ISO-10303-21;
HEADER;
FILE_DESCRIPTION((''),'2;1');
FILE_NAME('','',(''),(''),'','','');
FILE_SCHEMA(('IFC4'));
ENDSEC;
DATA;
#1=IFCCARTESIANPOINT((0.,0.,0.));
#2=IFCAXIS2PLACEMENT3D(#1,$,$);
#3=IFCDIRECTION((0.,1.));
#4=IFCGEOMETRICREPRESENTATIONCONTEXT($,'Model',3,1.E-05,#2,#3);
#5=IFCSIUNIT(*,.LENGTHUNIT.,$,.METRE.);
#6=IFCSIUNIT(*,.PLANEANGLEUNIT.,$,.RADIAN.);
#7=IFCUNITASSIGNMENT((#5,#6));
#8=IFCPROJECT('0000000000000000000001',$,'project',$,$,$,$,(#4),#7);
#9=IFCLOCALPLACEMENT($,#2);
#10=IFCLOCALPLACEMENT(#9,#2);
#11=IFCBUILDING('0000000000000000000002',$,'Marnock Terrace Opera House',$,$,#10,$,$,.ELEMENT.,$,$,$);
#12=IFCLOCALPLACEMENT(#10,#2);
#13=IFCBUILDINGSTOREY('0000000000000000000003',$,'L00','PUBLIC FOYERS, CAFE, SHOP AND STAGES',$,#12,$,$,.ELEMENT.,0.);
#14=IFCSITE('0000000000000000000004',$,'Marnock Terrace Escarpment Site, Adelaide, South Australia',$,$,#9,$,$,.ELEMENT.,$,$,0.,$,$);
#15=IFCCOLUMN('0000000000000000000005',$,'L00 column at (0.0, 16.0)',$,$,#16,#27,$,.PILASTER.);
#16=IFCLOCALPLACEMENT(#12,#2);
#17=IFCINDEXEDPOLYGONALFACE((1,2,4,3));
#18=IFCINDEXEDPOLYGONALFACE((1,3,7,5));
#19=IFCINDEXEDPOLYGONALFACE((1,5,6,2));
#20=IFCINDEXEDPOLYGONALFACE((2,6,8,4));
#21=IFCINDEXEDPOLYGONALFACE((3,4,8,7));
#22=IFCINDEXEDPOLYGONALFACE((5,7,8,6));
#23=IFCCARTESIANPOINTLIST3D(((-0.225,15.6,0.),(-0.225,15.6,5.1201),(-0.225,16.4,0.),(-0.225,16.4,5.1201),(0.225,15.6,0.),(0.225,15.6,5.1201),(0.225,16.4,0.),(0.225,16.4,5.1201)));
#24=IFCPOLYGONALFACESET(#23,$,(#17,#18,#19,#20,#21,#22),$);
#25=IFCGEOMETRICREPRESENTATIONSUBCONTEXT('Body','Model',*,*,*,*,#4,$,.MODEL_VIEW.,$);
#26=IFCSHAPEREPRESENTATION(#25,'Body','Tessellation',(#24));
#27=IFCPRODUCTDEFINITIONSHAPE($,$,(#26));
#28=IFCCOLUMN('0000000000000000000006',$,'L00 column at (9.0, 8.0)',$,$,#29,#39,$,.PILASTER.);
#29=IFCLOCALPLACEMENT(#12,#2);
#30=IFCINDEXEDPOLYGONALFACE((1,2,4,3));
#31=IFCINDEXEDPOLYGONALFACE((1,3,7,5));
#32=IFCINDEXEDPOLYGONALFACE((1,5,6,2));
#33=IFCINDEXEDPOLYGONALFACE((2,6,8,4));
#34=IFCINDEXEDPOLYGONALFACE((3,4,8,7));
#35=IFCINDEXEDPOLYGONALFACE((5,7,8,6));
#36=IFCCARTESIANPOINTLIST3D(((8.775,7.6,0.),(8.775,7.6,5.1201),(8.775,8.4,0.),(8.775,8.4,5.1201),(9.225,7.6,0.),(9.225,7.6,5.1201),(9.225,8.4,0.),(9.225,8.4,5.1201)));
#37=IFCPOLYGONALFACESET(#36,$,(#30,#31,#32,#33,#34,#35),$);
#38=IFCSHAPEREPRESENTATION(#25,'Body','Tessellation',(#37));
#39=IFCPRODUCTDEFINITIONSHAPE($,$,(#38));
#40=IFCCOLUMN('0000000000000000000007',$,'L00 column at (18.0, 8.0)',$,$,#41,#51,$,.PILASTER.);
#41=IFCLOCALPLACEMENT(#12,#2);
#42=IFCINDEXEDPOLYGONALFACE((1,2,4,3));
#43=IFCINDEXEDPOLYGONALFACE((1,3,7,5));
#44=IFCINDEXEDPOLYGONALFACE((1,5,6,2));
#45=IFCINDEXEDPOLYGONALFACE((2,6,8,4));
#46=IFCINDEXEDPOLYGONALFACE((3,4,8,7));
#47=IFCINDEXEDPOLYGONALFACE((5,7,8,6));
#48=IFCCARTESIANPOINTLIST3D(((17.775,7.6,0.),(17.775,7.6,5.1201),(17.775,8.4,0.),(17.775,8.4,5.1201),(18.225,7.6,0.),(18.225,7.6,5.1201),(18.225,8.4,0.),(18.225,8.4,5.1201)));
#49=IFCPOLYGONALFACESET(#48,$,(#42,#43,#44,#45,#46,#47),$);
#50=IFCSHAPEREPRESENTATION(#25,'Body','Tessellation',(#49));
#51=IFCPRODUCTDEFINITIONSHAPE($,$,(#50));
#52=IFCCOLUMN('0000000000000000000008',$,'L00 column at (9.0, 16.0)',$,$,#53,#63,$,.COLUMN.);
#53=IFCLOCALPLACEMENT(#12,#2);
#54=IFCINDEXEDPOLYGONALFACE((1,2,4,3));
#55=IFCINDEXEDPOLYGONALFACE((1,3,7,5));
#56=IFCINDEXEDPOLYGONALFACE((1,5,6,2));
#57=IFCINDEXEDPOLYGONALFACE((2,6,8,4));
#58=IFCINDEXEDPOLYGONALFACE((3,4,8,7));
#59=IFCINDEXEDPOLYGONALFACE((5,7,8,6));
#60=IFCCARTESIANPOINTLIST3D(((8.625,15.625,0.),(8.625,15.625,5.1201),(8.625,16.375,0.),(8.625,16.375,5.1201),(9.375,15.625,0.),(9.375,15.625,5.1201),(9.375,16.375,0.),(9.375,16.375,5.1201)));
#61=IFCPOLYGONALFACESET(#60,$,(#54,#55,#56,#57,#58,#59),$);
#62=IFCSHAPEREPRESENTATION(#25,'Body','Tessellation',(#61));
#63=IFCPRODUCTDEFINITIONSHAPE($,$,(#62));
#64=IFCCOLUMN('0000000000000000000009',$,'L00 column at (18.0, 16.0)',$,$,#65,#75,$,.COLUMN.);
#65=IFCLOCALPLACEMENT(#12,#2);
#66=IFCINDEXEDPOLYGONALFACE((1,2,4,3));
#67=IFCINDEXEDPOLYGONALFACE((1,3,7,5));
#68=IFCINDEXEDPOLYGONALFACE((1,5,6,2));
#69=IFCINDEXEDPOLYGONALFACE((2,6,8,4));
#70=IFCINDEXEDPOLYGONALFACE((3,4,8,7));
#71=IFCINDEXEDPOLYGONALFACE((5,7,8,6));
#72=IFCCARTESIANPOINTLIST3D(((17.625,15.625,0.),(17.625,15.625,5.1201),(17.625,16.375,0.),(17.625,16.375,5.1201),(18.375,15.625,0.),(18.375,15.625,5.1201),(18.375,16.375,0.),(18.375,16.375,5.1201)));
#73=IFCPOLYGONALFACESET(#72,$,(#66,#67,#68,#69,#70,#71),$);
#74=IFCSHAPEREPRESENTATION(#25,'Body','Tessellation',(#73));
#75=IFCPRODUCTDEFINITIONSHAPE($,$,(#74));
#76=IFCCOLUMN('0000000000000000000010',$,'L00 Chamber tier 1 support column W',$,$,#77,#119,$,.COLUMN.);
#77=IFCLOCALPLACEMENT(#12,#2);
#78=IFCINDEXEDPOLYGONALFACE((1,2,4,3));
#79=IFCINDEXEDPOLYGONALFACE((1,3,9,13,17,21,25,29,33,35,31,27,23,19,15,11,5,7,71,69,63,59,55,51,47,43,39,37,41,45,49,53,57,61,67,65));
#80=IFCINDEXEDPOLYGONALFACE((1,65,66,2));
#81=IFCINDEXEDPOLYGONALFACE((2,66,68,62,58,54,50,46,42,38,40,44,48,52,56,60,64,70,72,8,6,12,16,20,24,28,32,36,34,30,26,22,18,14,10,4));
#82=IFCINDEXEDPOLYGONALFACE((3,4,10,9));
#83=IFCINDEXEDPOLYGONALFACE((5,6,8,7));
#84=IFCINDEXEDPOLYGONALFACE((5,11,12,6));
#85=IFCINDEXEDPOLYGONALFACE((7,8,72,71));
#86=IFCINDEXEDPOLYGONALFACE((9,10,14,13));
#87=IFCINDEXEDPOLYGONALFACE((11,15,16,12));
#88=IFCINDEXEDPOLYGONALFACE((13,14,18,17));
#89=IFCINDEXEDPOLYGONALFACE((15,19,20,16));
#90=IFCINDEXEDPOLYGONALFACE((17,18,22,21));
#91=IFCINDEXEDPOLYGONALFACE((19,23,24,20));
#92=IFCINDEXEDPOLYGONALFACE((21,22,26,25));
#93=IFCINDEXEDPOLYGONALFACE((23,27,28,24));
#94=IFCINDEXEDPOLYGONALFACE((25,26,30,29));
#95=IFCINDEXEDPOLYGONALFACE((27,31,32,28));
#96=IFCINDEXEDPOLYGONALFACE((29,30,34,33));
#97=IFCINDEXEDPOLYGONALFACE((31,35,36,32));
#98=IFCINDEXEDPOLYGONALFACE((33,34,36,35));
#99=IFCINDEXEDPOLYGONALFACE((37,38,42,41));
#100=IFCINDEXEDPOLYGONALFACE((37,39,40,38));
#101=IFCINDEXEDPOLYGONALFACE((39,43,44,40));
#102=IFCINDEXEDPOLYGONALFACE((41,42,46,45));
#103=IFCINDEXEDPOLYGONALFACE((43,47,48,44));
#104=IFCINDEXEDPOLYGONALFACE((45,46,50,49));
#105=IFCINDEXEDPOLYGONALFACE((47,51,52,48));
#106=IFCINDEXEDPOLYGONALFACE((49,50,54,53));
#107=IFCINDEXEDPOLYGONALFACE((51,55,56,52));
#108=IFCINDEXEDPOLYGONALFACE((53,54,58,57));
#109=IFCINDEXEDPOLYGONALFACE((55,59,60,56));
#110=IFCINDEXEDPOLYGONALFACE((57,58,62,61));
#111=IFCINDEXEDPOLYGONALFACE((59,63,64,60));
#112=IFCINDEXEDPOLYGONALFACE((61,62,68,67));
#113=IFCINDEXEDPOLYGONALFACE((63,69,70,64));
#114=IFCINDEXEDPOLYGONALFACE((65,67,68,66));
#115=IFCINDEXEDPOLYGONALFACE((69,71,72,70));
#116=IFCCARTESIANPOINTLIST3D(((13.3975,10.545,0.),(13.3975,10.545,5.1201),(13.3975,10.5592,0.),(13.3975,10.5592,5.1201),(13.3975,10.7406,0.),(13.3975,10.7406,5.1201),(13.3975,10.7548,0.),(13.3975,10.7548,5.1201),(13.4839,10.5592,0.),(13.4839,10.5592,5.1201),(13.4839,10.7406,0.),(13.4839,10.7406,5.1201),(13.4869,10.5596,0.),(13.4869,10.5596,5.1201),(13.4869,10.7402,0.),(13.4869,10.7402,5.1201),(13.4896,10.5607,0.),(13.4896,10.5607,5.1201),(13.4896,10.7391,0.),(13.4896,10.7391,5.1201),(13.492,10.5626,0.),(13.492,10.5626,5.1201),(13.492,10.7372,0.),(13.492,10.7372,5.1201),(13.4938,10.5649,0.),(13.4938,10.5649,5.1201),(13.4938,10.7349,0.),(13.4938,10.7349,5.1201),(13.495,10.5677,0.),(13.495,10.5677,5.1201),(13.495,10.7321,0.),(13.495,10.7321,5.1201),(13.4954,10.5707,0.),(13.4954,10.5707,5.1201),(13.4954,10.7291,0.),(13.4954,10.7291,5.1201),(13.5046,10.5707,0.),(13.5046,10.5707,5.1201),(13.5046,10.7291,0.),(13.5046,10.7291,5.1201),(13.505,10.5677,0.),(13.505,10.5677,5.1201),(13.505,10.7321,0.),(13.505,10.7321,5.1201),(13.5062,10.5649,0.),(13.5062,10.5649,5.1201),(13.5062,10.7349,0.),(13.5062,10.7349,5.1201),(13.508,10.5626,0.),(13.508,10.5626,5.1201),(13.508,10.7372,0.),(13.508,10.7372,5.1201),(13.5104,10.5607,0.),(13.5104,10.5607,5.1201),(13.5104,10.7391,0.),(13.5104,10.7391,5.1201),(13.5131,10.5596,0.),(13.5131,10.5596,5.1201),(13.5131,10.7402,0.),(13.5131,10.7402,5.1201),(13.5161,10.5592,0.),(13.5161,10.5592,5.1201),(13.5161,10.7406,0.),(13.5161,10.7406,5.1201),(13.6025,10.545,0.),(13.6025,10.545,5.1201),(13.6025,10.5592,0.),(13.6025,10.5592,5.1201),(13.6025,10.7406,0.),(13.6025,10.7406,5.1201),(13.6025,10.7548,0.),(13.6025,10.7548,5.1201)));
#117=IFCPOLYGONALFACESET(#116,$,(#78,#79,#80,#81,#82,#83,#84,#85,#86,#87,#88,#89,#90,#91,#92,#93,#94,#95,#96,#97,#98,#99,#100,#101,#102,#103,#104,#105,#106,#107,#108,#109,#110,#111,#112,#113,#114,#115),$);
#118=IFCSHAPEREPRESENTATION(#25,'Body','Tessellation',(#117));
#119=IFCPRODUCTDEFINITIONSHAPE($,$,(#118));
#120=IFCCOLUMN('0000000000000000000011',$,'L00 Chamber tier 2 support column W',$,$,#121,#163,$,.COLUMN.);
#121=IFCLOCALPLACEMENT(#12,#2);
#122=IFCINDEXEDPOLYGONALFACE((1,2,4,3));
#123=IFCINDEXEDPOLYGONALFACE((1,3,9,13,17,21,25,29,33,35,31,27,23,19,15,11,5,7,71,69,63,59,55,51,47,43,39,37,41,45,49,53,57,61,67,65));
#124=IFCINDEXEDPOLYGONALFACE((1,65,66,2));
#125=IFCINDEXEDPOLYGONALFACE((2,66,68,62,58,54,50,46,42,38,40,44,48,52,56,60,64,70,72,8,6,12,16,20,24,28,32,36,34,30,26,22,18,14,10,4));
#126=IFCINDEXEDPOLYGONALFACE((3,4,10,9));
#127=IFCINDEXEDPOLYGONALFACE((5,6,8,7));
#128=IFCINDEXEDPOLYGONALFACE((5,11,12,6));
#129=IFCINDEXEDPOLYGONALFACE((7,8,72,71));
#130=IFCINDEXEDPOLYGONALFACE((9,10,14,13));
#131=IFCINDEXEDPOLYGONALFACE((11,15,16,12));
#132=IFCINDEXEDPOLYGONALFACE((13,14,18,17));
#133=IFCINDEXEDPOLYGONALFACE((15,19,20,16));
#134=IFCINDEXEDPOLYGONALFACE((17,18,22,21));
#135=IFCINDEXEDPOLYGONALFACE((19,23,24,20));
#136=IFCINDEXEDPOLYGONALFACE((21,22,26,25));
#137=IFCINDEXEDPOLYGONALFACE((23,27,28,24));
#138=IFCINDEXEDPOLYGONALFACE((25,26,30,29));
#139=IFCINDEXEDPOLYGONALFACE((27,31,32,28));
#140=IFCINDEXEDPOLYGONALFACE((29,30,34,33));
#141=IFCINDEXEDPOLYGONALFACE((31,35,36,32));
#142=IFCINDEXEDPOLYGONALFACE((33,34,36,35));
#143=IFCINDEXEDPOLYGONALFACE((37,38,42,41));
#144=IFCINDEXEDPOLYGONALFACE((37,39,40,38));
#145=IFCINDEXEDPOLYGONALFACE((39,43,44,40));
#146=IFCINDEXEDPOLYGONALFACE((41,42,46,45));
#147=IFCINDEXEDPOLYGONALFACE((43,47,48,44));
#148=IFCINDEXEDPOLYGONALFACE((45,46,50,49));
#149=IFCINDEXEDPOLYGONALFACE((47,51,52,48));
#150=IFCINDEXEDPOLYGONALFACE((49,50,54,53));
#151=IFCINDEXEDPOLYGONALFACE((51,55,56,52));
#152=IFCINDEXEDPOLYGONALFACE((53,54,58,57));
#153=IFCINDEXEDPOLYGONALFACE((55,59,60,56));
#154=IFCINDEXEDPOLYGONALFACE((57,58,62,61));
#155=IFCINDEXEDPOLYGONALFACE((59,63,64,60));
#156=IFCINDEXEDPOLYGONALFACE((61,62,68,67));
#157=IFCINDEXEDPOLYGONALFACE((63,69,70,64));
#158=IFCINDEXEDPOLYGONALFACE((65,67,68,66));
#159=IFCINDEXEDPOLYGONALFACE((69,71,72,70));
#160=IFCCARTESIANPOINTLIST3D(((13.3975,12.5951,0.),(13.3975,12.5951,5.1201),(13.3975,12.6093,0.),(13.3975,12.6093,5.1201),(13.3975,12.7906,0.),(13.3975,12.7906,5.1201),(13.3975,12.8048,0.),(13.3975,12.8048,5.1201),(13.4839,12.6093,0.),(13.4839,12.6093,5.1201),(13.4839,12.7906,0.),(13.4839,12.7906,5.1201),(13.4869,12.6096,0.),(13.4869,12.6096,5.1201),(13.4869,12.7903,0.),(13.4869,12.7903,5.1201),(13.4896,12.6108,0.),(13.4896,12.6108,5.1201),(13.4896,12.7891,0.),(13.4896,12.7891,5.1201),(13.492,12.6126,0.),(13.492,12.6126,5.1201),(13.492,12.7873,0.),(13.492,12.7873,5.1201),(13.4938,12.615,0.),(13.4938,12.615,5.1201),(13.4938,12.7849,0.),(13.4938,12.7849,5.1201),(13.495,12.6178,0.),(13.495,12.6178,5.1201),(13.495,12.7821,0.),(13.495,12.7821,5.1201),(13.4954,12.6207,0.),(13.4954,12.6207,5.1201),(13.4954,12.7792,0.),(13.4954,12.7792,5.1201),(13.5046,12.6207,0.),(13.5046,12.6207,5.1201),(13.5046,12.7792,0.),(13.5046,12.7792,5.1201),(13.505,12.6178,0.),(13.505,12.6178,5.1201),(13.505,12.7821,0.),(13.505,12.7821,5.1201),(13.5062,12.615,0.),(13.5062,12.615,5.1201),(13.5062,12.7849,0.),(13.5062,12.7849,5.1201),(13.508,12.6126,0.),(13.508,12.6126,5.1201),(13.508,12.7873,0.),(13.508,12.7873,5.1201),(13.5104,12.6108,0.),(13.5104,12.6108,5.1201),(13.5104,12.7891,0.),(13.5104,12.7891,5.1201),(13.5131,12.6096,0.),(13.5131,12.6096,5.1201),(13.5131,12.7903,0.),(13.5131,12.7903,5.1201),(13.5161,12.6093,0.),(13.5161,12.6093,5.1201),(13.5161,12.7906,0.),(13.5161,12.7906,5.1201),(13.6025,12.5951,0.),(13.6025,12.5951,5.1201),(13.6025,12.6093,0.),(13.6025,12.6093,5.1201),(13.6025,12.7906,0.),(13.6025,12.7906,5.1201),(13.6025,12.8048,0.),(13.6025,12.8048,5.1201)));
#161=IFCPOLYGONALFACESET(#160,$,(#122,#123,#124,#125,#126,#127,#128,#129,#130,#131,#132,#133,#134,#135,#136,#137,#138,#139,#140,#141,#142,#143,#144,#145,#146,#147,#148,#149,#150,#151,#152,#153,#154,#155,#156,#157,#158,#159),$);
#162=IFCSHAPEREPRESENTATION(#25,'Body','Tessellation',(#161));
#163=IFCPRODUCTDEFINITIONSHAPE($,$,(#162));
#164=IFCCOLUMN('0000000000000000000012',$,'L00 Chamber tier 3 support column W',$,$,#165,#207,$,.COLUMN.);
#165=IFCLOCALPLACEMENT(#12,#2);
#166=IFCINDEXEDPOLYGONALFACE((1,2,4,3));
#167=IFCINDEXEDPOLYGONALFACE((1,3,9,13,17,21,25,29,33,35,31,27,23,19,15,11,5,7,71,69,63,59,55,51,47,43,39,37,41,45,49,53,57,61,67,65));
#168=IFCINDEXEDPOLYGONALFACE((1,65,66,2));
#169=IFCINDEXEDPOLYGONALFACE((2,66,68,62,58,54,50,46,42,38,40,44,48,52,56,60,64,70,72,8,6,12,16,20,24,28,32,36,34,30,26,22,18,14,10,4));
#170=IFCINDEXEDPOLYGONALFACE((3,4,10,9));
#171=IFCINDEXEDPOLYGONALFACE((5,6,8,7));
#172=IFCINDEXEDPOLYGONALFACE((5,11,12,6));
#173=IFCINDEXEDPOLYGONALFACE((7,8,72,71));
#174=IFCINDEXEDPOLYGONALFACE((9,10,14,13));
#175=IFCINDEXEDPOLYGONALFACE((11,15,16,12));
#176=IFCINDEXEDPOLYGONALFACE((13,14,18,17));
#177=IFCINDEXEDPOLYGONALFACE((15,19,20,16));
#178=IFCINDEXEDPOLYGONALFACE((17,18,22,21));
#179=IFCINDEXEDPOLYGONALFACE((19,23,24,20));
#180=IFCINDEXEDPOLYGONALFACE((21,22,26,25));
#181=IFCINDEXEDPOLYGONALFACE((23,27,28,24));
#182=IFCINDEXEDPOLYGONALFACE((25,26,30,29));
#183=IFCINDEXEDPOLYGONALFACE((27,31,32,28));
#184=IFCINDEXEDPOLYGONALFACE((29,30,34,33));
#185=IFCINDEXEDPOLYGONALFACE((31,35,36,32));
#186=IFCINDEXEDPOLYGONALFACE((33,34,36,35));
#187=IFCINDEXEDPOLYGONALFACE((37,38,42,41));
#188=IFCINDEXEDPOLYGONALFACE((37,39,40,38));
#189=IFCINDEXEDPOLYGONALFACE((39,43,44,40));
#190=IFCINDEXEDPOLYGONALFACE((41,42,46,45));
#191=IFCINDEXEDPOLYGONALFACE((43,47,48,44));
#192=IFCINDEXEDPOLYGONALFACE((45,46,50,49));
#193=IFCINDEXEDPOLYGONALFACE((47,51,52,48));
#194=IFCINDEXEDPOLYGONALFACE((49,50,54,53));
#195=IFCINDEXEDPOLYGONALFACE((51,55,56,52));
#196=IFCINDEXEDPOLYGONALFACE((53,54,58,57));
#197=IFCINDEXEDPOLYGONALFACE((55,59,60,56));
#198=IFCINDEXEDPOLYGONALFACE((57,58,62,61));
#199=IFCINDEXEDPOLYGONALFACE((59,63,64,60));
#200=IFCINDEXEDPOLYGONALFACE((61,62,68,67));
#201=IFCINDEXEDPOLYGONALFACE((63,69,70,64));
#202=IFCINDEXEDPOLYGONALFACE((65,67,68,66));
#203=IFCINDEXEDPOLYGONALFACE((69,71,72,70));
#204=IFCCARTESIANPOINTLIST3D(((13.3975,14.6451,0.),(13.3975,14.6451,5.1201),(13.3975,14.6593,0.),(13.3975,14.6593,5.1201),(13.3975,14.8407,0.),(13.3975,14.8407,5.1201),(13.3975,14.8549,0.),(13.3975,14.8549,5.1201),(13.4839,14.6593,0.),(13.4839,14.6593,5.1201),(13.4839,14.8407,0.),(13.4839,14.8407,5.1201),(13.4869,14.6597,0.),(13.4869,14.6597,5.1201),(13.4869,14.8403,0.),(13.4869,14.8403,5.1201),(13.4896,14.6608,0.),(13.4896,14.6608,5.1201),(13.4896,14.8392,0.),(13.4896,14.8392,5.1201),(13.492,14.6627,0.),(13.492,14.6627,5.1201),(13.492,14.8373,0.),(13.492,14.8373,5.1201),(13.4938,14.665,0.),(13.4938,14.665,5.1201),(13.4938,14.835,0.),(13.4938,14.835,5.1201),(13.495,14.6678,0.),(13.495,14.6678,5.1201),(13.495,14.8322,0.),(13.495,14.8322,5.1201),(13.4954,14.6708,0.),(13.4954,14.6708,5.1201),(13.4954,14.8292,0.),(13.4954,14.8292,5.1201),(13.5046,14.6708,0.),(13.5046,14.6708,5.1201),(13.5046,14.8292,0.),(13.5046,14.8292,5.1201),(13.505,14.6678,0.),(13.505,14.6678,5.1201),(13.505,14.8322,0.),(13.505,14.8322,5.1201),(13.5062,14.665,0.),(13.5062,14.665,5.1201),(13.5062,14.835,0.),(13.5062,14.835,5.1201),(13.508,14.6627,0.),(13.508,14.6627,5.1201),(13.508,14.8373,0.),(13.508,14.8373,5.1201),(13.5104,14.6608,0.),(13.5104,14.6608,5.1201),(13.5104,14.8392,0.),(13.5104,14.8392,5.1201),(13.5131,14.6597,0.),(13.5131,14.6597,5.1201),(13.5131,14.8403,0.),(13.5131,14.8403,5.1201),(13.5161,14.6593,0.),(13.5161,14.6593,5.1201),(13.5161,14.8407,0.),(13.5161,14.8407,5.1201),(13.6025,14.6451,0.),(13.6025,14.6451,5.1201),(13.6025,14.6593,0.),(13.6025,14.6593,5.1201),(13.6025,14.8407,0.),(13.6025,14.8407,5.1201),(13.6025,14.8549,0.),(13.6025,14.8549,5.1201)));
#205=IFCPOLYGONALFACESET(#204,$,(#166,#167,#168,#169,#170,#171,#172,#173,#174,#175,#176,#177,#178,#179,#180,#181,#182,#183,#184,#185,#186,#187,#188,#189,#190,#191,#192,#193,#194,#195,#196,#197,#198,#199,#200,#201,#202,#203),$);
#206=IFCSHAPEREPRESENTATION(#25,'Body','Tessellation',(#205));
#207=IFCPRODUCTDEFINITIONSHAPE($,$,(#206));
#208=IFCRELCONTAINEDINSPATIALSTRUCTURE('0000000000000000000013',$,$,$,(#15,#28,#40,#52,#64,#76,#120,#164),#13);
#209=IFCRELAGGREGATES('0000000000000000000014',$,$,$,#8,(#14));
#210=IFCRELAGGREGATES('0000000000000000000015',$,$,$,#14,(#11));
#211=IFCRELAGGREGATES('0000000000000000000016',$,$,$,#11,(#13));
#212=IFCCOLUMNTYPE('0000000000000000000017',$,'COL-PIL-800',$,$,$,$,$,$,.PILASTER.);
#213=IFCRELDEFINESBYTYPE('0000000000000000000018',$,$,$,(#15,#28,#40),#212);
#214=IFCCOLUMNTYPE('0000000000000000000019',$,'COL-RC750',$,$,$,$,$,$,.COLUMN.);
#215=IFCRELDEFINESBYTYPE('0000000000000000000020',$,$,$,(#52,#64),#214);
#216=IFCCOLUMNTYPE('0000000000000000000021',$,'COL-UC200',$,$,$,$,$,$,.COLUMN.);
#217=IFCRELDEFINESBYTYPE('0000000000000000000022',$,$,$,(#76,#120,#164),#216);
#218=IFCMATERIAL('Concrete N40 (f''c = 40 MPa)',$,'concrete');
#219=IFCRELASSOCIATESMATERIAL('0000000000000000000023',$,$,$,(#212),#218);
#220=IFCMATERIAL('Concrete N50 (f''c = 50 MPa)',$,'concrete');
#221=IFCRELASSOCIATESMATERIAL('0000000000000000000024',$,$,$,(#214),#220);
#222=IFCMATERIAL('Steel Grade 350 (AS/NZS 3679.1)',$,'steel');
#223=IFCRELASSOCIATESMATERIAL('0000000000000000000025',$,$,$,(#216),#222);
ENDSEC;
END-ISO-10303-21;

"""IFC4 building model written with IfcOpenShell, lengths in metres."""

from ifc_helpers import new_model, si_unit, direction, frame, origin, origin_2d, place, context, subcontext, project, spatial, rectangle, i_section, extrude, material, material_profile, profile_set, type_object, element, save


model = new_model("IFC4")

# Units and contexts
model_context = context("Model", 3, precision=1e-05, world=origin(), true_north=direction((0.0, 1.0)))
body_context = subcontext(model_context, "Body", "Model", "MODEL_VIEW")
ifc_project = project(units=[si_unit("LENGTHUNIT", "METRE"), si_unit("PLANEANGLEUNIT", "RADIAN")], contexts=[model_context])

# Site, building, storey
site_placement = place(None, origin())
site = spatial("IfcSite", under=ifc_project, at=site_placement, Name="Marnock Terrace Escarpment Site, Adelaide, South Australia", CompositionType="ELEMENT", RefElevation=0.0)
building_placement = place(site_placement, origin())
building = spatial("IfcBuilding", under=site, at=building_placement, Name="Marnock Terrace Opera House", CompositionType="ELEMENT")
storey_placement = place(building_placement, origin())
storey = spatial("IfcBuildingStorey", under=building, at=storey_placement, Name="L00", Description="PUBLIC FOYERS, CAFE, SHOP AND STAGES", CompositionType="ELEMENT", Elevation=0.0)

# Columns
ifc_material_1 = material(Name="Concrete N40 (f'c = 40 MPa)", Category="concrete")
ifc_material_profile_1 = material_profile(ifc_material_1, rectangle(XDim=0.45, YDim=0.8, at=origin_2d()))
ifc_profile_set_1 = profile_set([ifc_material_profile_1], Name="Concrete N40 (f'c = 40 MPa)")
column_type_1 = type_object("IfcColumnType", Name="COL-PIL-800", PredefinedType="PILASTER", material=ifc_profile_set_1)
for number, where, z_axis, x_axis, name in (
    (1, (0.0, 16.0, 0.0), (0.0, 0.0, 1.0), (1.0, 0.0, 0.0), "L00 column at (0.0, 16.0)"),
    (2, (9.0, 8.0, 0.0), (0.0, 0.0, 1.0), (1.0, 0.0, 0.0), "L00 column at (9.0, 8.0)"),
    (3, (18.0, 8.0, 0.0), (0.0, 0.0, 1.0), (1.0, 0.0, 0.0), "L00 column at (18.0, 8.0)"),
):
    element("IfcColumn", number, at=place(storey_placement, frame(where, z_axis=z_axis, x_axis=x_axis)), inside=storey, type_object=column_type_1, Name=name, PredefinedType="PILASTER", context=body_context, shape_type="SweptSolid", body=[
        extrude(rectangle(XDim=0.45, YDim=0.8, at=origin_2d()), origin(), (0.0, 0.0, 1.0), 5.1201),
    ])
ifc_material_2 = material(Name="Concrete N50 (f'c = 50 MPa)", Category="concrete")
ifc_material_profile_2 = material_profile(ifc_material_2, rectangle(XDim=0.75, YDim=0.75, at=origin_2d()))
ifc_profile_set_2 = profile_set([ifc_material_profile_2], Name="Concrete N50 (f'c = 50 MPa)")
column_type_2 = type_object("IfcColumnType", Name="COL-RC750", PredefinedType="COLUMN", material=ifc_profile_set_2)
for number, where, z_axis, x_axis, name in (
    (4, (9.0, 16.0, 0.0), (0.0, 0.0, 1.0), (1.0, 0.0, 0.0), "L00 column at (9.0, 16.0)"),
    (5, (18.0, 16.0, 0.0), (0.0, 0.0, 1.0), (1.0, 0.0, 0.0), "L00 column at (18.0, 16.0)"),
):
    element("IfcColumn", number, at=place(storey_placement, frame(where, z_axis=z_axis, x_axis=x_axis)), inside=storey, type_object=column_type_2, Name=name, PredefinedType="COLUMN", context=body_context, shape_type="SweptSolid", body=[
        extrude(rectangle(XDim=0.75, YDim=0.75, at=origin_2d()), origin(), (0.0, 0.0, 1.0), 5.1201),
    ])
ifc_material_3 = material(Name="Steel Grade 350 (AS/NZS 3679.1)", Category="steel")
ifc_material_profile_3 = material_profile(ifc_material_3, i_section(OverallWidth=0.2051, OverallDepth=0.2097, WebThickness=0.0093, FlangeThickness=0.0142, FilletRadius=0.0115, at=origin_2d()))
ifc_profile_set_3 = profile_set([ifc_material_profile_3], Name="Steel Grade 350 (AS/NZS 3679.1)")
column_type_3 = type_object("IfcColumnType", Name="COL-UC200", PredefinedType="COLUMN", material=ifc_profile_set_3)
for number, where, z_axis, x_axis, name in (
    (6, (13.5, 10.6499, 0.0), (0.0, 0.0, 1.0), (1.0, 0.0, 0.0), "L00 Chamber tier 1 support column W"),
    (7, (13.5, 12.7, 0.0), (0.0, 0.0, 1.0), (1.0, 0.0, 0.0), "L00 Chamber tier 2 support column W"),
    (8, (13.5, 14.75, 0.0), (0.0, 0.0, 1.0), (1.0, 0.0, 0.0), "L00 Chamber tier 3 support column W"),
):
    element("IfcColumn", number, at=place(storey_placement, frame(where, z_axis=z_axis, x_axis=x_axis)), inside=storey, type_object=column_type_3, Name=name, PredefinedType="COLUMN", context=body_context, shape_type="SweptSolid", body=[
        extrude(i_section(OverallWidth=0.2051, OverallDepth=0.2097, WebThickness=0.0093, FlangeThickness=0.0142, FilletRadius=0.0115, at=origin_2d()), origin(), (0.0, 0.0, 1.0), 5.1201),
    ])

save(model, "model.ifc")
